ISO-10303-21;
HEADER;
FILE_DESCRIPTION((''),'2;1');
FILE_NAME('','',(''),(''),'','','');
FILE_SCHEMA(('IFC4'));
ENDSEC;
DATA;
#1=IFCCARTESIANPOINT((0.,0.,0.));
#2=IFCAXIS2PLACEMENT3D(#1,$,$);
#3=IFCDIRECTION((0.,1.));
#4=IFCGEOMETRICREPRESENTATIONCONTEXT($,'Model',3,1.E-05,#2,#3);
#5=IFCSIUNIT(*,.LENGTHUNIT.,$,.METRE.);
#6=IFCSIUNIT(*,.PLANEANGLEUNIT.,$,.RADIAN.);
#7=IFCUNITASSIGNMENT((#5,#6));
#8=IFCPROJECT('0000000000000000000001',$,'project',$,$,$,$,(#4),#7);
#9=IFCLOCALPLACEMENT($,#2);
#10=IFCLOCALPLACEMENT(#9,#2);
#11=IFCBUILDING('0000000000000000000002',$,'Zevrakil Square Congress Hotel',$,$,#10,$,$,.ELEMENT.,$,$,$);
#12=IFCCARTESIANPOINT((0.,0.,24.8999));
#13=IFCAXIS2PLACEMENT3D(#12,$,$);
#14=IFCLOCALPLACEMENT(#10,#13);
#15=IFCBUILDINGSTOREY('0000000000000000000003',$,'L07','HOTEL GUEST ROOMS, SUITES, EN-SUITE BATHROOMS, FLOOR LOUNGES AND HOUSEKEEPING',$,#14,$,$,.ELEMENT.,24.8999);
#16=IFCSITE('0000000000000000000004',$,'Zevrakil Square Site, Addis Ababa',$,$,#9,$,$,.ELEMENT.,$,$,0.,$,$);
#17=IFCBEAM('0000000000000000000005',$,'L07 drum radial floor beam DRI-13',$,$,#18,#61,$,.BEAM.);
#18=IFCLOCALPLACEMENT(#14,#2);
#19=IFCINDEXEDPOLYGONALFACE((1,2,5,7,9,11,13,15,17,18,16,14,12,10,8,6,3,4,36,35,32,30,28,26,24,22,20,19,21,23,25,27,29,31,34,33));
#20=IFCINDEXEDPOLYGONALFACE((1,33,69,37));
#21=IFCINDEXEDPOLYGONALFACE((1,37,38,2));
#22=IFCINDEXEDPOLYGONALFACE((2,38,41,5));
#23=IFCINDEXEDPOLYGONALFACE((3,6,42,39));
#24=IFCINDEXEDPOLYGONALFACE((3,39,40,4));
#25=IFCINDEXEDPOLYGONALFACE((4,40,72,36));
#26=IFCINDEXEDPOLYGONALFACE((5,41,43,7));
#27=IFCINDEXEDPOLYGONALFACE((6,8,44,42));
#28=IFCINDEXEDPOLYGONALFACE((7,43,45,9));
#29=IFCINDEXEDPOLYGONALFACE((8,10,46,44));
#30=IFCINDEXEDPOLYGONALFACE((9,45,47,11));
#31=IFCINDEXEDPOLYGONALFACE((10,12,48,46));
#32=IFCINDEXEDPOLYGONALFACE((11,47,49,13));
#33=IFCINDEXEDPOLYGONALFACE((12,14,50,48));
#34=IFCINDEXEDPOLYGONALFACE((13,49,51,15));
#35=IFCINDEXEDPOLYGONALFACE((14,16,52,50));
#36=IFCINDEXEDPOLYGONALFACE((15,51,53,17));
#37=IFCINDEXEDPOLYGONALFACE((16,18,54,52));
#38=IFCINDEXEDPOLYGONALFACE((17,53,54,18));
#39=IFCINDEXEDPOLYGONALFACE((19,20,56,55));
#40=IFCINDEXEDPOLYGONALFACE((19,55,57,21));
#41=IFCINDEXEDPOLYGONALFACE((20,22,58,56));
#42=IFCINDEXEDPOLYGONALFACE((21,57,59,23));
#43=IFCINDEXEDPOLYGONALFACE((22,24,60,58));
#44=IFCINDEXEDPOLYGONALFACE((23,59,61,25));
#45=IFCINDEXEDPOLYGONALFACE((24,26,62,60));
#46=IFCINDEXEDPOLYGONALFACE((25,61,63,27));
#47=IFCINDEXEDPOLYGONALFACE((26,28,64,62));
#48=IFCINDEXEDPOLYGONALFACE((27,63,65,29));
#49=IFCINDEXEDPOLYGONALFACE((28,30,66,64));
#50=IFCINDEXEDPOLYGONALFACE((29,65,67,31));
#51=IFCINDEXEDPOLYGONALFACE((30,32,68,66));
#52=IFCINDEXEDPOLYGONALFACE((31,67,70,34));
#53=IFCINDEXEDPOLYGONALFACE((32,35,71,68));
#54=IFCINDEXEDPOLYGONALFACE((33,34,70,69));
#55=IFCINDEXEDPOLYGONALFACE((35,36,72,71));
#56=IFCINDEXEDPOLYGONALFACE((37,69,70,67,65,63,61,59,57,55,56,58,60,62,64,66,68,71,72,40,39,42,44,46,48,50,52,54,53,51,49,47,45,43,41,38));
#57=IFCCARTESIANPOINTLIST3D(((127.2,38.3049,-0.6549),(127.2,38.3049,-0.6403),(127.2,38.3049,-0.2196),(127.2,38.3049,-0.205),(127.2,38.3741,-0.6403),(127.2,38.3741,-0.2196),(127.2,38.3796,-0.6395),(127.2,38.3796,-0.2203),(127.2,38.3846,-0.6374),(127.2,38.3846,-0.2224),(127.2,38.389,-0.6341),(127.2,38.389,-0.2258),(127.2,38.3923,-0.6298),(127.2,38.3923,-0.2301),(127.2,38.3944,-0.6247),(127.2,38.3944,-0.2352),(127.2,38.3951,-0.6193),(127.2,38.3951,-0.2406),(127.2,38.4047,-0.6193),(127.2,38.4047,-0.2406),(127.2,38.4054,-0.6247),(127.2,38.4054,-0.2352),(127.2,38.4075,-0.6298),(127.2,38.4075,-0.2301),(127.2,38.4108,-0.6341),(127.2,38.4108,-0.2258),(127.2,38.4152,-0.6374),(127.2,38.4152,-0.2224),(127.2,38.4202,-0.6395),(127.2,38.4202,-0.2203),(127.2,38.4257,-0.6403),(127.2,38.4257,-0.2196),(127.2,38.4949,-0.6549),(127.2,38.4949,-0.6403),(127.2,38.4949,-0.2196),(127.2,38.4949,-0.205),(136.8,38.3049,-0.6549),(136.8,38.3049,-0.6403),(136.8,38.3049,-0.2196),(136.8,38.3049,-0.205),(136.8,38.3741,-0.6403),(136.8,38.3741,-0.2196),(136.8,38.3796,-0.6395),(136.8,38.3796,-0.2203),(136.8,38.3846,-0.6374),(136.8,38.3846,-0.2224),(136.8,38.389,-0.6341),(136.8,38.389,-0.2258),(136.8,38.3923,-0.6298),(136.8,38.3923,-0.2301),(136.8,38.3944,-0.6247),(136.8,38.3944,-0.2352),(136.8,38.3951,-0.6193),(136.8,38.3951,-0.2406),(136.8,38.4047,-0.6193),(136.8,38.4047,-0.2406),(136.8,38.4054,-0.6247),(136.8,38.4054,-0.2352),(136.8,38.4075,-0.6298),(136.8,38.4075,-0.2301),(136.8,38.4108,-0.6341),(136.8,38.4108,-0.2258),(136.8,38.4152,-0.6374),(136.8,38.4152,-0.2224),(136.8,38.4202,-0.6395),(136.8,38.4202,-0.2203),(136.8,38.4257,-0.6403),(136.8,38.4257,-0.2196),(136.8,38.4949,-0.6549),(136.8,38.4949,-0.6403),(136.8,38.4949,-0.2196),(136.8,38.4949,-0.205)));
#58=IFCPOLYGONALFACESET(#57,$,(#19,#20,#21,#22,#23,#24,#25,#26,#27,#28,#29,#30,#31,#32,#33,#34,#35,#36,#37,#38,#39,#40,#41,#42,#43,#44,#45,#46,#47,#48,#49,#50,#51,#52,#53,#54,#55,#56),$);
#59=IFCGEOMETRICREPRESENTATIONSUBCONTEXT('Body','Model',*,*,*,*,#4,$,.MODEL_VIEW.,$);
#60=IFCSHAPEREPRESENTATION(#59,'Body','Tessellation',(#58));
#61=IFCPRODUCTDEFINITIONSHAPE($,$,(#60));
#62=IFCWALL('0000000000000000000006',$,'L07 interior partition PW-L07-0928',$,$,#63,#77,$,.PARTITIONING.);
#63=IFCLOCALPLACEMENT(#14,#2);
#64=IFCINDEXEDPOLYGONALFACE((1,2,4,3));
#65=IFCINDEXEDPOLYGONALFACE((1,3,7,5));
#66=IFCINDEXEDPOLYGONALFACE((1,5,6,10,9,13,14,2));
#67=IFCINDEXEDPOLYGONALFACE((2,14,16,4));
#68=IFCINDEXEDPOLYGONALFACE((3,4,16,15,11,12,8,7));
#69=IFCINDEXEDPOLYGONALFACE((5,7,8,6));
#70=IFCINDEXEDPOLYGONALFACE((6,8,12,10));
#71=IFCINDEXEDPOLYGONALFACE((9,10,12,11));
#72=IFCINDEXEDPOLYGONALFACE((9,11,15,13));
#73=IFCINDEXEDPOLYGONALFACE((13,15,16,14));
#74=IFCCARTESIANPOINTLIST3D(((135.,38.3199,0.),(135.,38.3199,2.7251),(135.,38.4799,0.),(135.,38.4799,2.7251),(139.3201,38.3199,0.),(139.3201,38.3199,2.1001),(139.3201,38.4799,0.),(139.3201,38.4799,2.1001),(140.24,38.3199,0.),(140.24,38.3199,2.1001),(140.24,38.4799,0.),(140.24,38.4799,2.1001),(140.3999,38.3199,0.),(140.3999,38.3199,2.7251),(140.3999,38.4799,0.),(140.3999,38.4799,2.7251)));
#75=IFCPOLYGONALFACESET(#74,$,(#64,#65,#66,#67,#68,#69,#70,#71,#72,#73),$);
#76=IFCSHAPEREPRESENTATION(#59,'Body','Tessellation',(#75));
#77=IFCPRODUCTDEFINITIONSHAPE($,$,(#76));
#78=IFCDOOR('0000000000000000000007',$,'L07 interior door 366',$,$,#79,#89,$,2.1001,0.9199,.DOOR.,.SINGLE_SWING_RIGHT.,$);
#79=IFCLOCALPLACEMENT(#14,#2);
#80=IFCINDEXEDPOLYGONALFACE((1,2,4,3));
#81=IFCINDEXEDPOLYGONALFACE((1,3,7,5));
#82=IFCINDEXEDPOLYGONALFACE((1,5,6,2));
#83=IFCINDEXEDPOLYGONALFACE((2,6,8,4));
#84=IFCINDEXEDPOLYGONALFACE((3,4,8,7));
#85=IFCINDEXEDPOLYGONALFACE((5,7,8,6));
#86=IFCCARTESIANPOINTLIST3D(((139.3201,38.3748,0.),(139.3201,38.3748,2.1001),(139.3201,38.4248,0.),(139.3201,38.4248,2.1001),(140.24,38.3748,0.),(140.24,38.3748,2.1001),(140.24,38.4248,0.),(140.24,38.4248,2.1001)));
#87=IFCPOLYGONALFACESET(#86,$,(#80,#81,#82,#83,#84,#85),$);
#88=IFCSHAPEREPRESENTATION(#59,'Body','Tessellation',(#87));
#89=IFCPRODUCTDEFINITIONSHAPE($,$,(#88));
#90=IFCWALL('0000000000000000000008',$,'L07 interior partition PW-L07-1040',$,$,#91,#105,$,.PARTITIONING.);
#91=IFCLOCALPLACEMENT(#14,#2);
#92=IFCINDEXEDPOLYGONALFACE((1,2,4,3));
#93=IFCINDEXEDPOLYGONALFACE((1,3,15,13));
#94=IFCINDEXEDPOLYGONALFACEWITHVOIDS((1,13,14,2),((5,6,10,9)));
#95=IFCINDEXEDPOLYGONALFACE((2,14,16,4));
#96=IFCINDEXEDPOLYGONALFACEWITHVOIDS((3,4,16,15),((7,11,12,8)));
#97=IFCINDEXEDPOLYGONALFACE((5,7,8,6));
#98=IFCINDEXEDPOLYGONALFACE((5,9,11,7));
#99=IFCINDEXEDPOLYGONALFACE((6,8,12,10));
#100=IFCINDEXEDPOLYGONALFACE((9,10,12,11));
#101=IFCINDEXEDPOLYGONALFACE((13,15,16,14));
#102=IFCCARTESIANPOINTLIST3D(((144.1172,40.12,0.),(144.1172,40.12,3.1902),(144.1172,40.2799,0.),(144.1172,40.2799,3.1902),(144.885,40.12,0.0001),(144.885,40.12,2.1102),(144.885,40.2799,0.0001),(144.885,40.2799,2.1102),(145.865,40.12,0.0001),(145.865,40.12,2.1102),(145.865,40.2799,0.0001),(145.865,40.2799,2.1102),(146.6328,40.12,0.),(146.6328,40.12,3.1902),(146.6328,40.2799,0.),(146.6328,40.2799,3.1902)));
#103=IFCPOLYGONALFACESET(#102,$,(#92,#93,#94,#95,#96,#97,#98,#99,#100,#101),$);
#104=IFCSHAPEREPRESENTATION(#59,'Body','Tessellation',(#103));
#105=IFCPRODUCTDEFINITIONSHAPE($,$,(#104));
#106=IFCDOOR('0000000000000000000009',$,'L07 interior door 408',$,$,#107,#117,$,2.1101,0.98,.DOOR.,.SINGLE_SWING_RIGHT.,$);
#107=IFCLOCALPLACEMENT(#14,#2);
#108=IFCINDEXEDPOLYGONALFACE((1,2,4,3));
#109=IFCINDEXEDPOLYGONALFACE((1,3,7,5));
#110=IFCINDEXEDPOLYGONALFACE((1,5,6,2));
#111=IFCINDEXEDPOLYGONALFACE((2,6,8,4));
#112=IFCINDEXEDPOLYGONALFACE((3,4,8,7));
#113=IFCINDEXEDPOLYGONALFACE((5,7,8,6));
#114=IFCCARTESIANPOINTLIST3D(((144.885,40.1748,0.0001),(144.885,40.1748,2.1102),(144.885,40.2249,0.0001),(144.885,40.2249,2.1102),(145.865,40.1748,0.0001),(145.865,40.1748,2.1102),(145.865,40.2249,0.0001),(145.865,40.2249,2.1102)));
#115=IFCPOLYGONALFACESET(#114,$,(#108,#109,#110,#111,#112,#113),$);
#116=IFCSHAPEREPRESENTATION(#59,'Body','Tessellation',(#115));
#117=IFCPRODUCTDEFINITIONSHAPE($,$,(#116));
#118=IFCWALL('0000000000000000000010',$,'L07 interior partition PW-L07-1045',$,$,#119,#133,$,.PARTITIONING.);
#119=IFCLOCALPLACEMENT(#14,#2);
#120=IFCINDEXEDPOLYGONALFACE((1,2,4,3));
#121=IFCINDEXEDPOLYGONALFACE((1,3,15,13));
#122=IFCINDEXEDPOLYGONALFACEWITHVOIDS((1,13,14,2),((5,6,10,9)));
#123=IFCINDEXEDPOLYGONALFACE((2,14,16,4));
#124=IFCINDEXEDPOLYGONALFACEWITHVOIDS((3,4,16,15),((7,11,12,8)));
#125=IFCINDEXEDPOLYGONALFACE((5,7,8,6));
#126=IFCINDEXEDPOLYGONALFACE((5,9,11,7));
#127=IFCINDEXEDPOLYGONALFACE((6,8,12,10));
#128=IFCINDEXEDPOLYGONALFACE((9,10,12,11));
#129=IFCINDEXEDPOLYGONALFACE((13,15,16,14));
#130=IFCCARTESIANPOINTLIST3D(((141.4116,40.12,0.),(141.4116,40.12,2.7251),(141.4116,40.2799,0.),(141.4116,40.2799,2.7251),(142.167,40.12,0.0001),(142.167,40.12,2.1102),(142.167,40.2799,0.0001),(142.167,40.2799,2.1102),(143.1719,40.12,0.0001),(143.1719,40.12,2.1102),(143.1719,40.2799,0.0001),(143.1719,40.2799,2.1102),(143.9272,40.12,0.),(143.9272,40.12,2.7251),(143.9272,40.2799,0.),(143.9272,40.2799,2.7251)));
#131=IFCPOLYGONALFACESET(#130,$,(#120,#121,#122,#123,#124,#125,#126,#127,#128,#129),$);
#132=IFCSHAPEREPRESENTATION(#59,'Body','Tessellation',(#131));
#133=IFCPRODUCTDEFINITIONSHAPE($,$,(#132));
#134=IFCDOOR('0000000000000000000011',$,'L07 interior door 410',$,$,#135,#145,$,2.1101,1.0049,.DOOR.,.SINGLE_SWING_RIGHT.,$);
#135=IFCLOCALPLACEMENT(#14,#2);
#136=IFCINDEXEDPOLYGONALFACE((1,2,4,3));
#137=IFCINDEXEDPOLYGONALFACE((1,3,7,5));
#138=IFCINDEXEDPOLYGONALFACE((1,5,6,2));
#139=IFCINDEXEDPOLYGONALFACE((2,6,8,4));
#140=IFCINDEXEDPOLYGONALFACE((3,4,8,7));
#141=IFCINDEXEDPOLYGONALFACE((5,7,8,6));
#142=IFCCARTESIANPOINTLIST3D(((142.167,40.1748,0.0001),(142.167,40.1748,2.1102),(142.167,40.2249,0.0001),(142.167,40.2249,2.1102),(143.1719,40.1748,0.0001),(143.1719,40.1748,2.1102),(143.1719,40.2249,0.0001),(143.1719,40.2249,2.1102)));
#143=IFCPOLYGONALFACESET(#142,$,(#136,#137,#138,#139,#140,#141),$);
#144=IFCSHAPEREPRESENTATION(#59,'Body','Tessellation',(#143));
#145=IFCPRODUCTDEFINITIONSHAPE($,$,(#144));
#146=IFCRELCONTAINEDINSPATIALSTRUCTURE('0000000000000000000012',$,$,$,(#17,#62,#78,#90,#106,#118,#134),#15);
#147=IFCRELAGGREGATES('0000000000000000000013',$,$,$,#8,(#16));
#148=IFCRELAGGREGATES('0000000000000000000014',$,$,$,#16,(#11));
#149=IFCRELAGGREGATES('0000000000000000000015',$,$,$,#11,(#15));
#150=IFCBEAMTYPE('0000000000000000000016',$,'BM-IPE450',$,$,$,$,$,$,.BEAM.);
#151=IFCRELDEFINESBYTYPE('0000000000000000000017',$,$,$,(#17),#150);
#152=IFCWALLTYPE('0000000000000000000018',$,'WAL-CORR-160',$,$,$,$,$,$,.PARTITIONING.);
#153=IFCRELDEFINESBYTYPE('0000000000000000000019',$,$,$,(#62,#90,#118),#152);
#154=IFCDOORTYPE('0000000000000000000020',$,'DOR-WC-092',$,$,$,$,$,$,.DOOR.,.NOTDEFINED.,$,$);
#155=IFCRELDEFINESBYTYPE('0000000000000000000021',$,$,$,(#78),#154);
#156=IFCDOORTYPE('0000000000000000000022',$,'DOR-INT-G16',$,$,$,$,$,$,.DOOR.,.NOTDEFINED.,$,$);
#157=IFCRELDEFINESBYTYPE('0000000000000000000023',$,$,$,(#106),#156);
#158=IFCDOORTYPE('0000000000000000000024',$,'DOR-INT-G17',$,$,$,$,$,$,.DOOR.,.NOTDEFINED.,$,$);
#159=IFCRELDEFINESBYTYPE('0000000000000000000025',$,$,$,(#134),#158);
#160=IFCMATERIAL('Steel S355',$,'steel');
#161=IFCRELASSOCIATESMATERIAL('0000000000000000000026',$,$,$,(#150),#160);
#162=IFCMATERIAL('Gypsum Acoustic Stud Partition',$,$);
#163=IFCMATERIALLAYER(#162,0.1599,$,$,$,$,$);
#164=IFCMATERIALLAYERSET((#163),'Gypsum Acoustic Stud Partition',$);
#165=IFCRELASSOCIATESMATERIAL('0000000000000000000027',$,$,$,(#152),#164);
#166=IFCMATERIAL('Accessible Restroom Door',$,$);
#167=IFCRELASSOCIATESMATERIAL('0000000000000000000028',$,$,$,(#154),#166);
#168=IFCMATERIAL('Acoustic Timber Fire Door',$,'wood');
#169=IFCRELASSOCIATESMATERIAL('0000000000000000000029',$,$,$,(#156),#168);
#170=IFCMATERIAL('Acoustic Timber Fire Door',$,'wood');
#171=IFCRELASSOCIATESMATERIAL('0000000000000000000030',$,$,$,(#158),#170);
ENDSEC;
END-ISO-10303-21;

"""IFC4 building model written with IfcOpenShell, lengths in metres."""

from ifc_helpers import new_model, si_unit, direction, frame, frame_2d, origin, origin_2d, place, context, subcontext, project, spatial, rectangle, i_section, extrude, material, layer, layer_set, material_profile, profile_set, type_object, element, fill, save


model = new_model("IFC4")

# Units and contexts
model_context = context("Model", 3, precision=1e-05, world=origin(), true_north=direction((0.0, 1.0)))
body_context = subcontext(model_context, "Body", "Model", "MODEL_VIEW")
ifc_project = project(units=[si_unit("LENGTHUNIT", "METRE"), si_unit("PLANEANGLEUNIT", "RADIAN")], contexts=[model_context])

# Site, building, storey
site_placement = place(None, origin())
site = spatial("IfcSite", under=ifc_project, at=site_placement, Name="Zevrakil Square Site, Addis Ababa", CompositionType="ELEMENT", RefElevation=0.0)
building_placement = place(site_placement, origin())
building = spatial("IfcBuilding", under=site, at=building_placement, Name="Zevrakil Square Congress Hotel", CompositionType="ELEMENT")
storey_placement = place(building_placement, frame((0.0, 0.0, 24.8999)))
storey = spatial("IfcBuildingStorey", under=building, at=storey_placement, Name="L07", Description="HOTEL GUEST ROOMS, SUITES, EN-SUITE BATHROOMS, FLOOR LOUNGES AND HOUSEKEEPING", CompositionType="ELEMENT", Elevation=24.8999)

# Beam
ifc_material_1 = material(Name="Steel S355", Category="steel")
ifc_material_profile_1 = material_profile(ifc_material_1, i_section(OverallWidth=0.1899, OverallDepth=0.45, WebThickness=0.0095, FlangeThickness=0.0146, FilletRadius=0.021, at=origin_2d()), Name="IPE 450")
ifc_profile_set_1 = profile_set([ifc_material_profile_1], Name="Steel S355")
beam_type = type_object("IfcBeamType", Name="BM-IPE450", PredefinedType="BEAM", material=ifc_profile_set_1)
beam_1_placement = place(storey_placement, frame((136.8, 38.3999, -0.4299), z_axis=(-1.0, 0.0, 0.0), x_axis=(0.0, -1.0, 0.0)))
element("IfcBeam", 1, at=beam_1_placement, inside=storey, type_object=beam_type, Name="L07 drum radial floor beam DRI-13", PredefinedType="BEAM", context=body_context, shape_type="SweptSolid", body=[
    extrude(i_section(OverallWidth=0.1899, OverallDepth=0.45, WebThickness=0.0095, FlangeThickness=0.0146, FilletRadius=0.021, at=origin_2d()), origin(), (0.0, 0.0, 1.0), 9.6001),
])

# Walls, openings, doors
ifc_material_2 = material(Name="Gypsum Acoustic Stud Partition")
ifc_layer_1 = layer(ifc_material_2, 0.1599)
ifc_layer_set_1 = layer_set([ifc_layer_1], Name="Gypsum Acoustic Stud Partition")
wall_type_1 = type_object("IfcWallType", Name="WAL-CORR-160", PredefinedType="PARTITIONING", material=ifc_layer_set_1)
wall_1_placement = place(storey_placement, frame((135.0, 38.3999, 0.0), z_axis=(0.0, 0.0, 1.0), x_axis=(1.0, 0.0, 0.0)))
wall_1 = element("IfcWall", 2, at=wall_1_placement, inside=storey, type_object=wall_type_1, Name="L07 interior partition PW-L07-0928", PredefinedType="PARTITIONING", context=body_context, shape_type="SweptSolid", body=[
    extrude(rectangle(XDim=5.3999, YDim=0.1599, at=frame_2d((2.7, 0.0))), origin(), (0.0, 0.0, 1.0), 2.7251),
])
opening_1_placement = place(wall_1_placement, frame((4.3201, 0.0, 0.0)))
opening_1 = element("IfcOpeningElement", 3, at=opening_1_placement, cuts=wall_1, PredefinedType="OPENING", context=body_context, shape_type="SweptSolid", body=[
    extrude(rectangle(XDim=0.9199, YDim=2.1001, at=frame_2d((0.46, 1.05))), frame((0.0, 0.0898, 0.0), z_axis=(0.0, -1.0, 0.0), x_axis=(1.0, 0.0, 0.0)), (0.0, 0.0, 1.0), 0.1799),
])
ifc_material_3 = material(Name="Accessible Restroom Door")
door_type_1 = type_object("IfcDoorType", Name="DOR-WC-092", OperationType="NOTDEFINED", PredefinedType="DOOR", material=ifc_material_3)
door_1_placement = place(opening_1_placement, origin())
door_1 = element("IfcDoor", 4, at=door_1_placement, inside=storey, type_object=door_type_1, Name="L07 interior door 366", OperationType="SINGLE_SWING_RIGHT", OverallHeight=2.1001, OverallWidth=0.9199, PredefinedType="DOOR", context=body_context, shape_type="SweptSolid", body=[
    extrude(rectangle(XDim=0.9199, YDim=2.1001, at=frame_2d((0.46, 1.05))), frame((0.0, 0.0249, 0.0), z_axis=(0.0, -1.0, 0.0), x_axis=(1.0, 0.0, 0.0)), (0.0, 0.0, 1.0), 0.05),
])
fill(opening_1, door_1)
wall_2_placement = place(storey_placement, frame((144.1172, 40.2, 0.0), z_axis=(0.0, 0.0, 1.0), x_axis=(1.0, 0.0, 0.0)))
wall_2 = element("IfcWall", 5, at=wall_2_placement, inside=storey, type_object=wall_type_1, Name="L07 interior partition PW-L07-1040", PredefinedType="PARTITIONING", context=body_context, shape_type="SweptSolid", body=[
    extrude(rectangle(XDim=2.5156, YDim=0.1599, at=frame_2d((1.2578, 0.0))), origin(), (0.0, 0.0, 1.0), 3.1902),
])
opening_2_placement = place(wall_2_placement, frame((0.7678, 0.0, 0.0)))
opening_2 = element("IfcOpeningElement", 6, at=opening_2_placement, cuts=wall_2, PredefinedType="OPENING", context=body_context, shape_type="SweptSolid", body=[
    extrude(rectangle(XDim=0.98, YDim=2.1101, at=frame_2d((0.49, 1.0552))), frame((0.0, 0.0898, 0.0), z_axis=(0.0, -1.0, 0.0), x_axis=(1.0, 0.0, 0.0)), (0.0, 0.0, 1.0), 0.1799),
])
ifc_material_4 = material(Name="Acoustic Timber Fire Door", Category="wood")
door_type_2 = type_object("IfcDoorType", Name="DOR-INT-G16", OperationType="NOTDEFINED", PredefinedType="DOOR", material=ifc_material_4)
door_2_placement = place(opening_2_placement, origin())
door_2 = element("IfcDoor", 7, at=door_2_placement, inside=storey, type_object=door_type_2, Name="L07 interior door 408", OperationType="SINGLE_SWING_RIGHT", OverallHeight=2.1101, OverallWidth=0.98, PredefinedType="DOOR", context=body_context, shape_type="SweptSolid", body=[
    extrude(rectangle(XDim=0.98, YDim=2.1101, at=frame_2d((0.49, 1.0552))), frame((0.0, 0.0249, 0.0), z_axis=(0.0, -1.0, 0.0), x_axis=(1.0, 0.0, 0.0)), (0.0, 0.0, 1.0), 0.05),
])
fill(opening_2, door_2)
wall_3_placement = place(storey_placement, frame((141.4116, 40.2, 0.0), z_axis=(0.0, 0.0, 1.0), x_axis=(1.0, 0.0, 0.0)))
wall_3 = element("IfcWall", 8, at=wall_3_placement, inside=storey, type_object=wall_type_1, Name="L07 interior partition PW-L07-1045", PredefinedType="PARTITIONING", context=body_context, shape_type="SweptSolid", body=[
    extrude(rectangle(XDim=2.5156, YDim=0.1599, at=frame_2d((1.2578, 0.0))), origin(), (0.0, 0.0, 1.0), 2.7251),
])
opening_3_placement = place(wall_3_placement, frame((0.7554, 0.0, 0.0)))
opening_3 = element("IfcOpeningElement", 9, at=opening_3_placement, cuts=wall_3, PredefinedType="OPENING", context=body_context, shape_type="SweptSolid", body=[
    extrude(rectangle(XDim=1.0049, YDim=2.1101, at=frame_2d((0.5024, 1.0552))), frame((0.0, 0.0898, 0.0), z_axis=(0.0, -1.0, 0.0), x_axis=(1.0, 0.0, 0.0)), (0.0, 0.0, 1.0), 0.1799),
])
ifc_material_5 = material(Name="Acoustic Timber Fire Door", Category="wood")
door_type_3 = type_object("IfcDoorType", Name="DOR-INT-G17", OperationType="NOTDEFINED", PredefinedType="DOOR", material=ifc_material_5)
door_3_placement = place(opening_3_placement, origin())
door_3 = element("IfcDoor", 10, at=door_3_placement, inside=storey, type_object=door_type_3, Name="L07 interior door 410", OperationType="SINGLE_SWING_RIGHT", OverallHeight=2.1101, OverallWidth=1.0049, PredefinedType="DOOR", context=body_context, shape_type="SweptSolid", body=[
    extrude(rectangle(XDim=1.0049, YDim=2.1101, at=frame_2d((0.5024, 1.0552))), frame((0.0, 0.0249, 0.0), z_axis=(0.0, -1.0, 0.0), x_axis=(1.0, 0.0, 0.0)), (0.0, 0.0, 1.0), 0.05),
])
fill(opening_3, door_3)

save(model, "model.ifc")
